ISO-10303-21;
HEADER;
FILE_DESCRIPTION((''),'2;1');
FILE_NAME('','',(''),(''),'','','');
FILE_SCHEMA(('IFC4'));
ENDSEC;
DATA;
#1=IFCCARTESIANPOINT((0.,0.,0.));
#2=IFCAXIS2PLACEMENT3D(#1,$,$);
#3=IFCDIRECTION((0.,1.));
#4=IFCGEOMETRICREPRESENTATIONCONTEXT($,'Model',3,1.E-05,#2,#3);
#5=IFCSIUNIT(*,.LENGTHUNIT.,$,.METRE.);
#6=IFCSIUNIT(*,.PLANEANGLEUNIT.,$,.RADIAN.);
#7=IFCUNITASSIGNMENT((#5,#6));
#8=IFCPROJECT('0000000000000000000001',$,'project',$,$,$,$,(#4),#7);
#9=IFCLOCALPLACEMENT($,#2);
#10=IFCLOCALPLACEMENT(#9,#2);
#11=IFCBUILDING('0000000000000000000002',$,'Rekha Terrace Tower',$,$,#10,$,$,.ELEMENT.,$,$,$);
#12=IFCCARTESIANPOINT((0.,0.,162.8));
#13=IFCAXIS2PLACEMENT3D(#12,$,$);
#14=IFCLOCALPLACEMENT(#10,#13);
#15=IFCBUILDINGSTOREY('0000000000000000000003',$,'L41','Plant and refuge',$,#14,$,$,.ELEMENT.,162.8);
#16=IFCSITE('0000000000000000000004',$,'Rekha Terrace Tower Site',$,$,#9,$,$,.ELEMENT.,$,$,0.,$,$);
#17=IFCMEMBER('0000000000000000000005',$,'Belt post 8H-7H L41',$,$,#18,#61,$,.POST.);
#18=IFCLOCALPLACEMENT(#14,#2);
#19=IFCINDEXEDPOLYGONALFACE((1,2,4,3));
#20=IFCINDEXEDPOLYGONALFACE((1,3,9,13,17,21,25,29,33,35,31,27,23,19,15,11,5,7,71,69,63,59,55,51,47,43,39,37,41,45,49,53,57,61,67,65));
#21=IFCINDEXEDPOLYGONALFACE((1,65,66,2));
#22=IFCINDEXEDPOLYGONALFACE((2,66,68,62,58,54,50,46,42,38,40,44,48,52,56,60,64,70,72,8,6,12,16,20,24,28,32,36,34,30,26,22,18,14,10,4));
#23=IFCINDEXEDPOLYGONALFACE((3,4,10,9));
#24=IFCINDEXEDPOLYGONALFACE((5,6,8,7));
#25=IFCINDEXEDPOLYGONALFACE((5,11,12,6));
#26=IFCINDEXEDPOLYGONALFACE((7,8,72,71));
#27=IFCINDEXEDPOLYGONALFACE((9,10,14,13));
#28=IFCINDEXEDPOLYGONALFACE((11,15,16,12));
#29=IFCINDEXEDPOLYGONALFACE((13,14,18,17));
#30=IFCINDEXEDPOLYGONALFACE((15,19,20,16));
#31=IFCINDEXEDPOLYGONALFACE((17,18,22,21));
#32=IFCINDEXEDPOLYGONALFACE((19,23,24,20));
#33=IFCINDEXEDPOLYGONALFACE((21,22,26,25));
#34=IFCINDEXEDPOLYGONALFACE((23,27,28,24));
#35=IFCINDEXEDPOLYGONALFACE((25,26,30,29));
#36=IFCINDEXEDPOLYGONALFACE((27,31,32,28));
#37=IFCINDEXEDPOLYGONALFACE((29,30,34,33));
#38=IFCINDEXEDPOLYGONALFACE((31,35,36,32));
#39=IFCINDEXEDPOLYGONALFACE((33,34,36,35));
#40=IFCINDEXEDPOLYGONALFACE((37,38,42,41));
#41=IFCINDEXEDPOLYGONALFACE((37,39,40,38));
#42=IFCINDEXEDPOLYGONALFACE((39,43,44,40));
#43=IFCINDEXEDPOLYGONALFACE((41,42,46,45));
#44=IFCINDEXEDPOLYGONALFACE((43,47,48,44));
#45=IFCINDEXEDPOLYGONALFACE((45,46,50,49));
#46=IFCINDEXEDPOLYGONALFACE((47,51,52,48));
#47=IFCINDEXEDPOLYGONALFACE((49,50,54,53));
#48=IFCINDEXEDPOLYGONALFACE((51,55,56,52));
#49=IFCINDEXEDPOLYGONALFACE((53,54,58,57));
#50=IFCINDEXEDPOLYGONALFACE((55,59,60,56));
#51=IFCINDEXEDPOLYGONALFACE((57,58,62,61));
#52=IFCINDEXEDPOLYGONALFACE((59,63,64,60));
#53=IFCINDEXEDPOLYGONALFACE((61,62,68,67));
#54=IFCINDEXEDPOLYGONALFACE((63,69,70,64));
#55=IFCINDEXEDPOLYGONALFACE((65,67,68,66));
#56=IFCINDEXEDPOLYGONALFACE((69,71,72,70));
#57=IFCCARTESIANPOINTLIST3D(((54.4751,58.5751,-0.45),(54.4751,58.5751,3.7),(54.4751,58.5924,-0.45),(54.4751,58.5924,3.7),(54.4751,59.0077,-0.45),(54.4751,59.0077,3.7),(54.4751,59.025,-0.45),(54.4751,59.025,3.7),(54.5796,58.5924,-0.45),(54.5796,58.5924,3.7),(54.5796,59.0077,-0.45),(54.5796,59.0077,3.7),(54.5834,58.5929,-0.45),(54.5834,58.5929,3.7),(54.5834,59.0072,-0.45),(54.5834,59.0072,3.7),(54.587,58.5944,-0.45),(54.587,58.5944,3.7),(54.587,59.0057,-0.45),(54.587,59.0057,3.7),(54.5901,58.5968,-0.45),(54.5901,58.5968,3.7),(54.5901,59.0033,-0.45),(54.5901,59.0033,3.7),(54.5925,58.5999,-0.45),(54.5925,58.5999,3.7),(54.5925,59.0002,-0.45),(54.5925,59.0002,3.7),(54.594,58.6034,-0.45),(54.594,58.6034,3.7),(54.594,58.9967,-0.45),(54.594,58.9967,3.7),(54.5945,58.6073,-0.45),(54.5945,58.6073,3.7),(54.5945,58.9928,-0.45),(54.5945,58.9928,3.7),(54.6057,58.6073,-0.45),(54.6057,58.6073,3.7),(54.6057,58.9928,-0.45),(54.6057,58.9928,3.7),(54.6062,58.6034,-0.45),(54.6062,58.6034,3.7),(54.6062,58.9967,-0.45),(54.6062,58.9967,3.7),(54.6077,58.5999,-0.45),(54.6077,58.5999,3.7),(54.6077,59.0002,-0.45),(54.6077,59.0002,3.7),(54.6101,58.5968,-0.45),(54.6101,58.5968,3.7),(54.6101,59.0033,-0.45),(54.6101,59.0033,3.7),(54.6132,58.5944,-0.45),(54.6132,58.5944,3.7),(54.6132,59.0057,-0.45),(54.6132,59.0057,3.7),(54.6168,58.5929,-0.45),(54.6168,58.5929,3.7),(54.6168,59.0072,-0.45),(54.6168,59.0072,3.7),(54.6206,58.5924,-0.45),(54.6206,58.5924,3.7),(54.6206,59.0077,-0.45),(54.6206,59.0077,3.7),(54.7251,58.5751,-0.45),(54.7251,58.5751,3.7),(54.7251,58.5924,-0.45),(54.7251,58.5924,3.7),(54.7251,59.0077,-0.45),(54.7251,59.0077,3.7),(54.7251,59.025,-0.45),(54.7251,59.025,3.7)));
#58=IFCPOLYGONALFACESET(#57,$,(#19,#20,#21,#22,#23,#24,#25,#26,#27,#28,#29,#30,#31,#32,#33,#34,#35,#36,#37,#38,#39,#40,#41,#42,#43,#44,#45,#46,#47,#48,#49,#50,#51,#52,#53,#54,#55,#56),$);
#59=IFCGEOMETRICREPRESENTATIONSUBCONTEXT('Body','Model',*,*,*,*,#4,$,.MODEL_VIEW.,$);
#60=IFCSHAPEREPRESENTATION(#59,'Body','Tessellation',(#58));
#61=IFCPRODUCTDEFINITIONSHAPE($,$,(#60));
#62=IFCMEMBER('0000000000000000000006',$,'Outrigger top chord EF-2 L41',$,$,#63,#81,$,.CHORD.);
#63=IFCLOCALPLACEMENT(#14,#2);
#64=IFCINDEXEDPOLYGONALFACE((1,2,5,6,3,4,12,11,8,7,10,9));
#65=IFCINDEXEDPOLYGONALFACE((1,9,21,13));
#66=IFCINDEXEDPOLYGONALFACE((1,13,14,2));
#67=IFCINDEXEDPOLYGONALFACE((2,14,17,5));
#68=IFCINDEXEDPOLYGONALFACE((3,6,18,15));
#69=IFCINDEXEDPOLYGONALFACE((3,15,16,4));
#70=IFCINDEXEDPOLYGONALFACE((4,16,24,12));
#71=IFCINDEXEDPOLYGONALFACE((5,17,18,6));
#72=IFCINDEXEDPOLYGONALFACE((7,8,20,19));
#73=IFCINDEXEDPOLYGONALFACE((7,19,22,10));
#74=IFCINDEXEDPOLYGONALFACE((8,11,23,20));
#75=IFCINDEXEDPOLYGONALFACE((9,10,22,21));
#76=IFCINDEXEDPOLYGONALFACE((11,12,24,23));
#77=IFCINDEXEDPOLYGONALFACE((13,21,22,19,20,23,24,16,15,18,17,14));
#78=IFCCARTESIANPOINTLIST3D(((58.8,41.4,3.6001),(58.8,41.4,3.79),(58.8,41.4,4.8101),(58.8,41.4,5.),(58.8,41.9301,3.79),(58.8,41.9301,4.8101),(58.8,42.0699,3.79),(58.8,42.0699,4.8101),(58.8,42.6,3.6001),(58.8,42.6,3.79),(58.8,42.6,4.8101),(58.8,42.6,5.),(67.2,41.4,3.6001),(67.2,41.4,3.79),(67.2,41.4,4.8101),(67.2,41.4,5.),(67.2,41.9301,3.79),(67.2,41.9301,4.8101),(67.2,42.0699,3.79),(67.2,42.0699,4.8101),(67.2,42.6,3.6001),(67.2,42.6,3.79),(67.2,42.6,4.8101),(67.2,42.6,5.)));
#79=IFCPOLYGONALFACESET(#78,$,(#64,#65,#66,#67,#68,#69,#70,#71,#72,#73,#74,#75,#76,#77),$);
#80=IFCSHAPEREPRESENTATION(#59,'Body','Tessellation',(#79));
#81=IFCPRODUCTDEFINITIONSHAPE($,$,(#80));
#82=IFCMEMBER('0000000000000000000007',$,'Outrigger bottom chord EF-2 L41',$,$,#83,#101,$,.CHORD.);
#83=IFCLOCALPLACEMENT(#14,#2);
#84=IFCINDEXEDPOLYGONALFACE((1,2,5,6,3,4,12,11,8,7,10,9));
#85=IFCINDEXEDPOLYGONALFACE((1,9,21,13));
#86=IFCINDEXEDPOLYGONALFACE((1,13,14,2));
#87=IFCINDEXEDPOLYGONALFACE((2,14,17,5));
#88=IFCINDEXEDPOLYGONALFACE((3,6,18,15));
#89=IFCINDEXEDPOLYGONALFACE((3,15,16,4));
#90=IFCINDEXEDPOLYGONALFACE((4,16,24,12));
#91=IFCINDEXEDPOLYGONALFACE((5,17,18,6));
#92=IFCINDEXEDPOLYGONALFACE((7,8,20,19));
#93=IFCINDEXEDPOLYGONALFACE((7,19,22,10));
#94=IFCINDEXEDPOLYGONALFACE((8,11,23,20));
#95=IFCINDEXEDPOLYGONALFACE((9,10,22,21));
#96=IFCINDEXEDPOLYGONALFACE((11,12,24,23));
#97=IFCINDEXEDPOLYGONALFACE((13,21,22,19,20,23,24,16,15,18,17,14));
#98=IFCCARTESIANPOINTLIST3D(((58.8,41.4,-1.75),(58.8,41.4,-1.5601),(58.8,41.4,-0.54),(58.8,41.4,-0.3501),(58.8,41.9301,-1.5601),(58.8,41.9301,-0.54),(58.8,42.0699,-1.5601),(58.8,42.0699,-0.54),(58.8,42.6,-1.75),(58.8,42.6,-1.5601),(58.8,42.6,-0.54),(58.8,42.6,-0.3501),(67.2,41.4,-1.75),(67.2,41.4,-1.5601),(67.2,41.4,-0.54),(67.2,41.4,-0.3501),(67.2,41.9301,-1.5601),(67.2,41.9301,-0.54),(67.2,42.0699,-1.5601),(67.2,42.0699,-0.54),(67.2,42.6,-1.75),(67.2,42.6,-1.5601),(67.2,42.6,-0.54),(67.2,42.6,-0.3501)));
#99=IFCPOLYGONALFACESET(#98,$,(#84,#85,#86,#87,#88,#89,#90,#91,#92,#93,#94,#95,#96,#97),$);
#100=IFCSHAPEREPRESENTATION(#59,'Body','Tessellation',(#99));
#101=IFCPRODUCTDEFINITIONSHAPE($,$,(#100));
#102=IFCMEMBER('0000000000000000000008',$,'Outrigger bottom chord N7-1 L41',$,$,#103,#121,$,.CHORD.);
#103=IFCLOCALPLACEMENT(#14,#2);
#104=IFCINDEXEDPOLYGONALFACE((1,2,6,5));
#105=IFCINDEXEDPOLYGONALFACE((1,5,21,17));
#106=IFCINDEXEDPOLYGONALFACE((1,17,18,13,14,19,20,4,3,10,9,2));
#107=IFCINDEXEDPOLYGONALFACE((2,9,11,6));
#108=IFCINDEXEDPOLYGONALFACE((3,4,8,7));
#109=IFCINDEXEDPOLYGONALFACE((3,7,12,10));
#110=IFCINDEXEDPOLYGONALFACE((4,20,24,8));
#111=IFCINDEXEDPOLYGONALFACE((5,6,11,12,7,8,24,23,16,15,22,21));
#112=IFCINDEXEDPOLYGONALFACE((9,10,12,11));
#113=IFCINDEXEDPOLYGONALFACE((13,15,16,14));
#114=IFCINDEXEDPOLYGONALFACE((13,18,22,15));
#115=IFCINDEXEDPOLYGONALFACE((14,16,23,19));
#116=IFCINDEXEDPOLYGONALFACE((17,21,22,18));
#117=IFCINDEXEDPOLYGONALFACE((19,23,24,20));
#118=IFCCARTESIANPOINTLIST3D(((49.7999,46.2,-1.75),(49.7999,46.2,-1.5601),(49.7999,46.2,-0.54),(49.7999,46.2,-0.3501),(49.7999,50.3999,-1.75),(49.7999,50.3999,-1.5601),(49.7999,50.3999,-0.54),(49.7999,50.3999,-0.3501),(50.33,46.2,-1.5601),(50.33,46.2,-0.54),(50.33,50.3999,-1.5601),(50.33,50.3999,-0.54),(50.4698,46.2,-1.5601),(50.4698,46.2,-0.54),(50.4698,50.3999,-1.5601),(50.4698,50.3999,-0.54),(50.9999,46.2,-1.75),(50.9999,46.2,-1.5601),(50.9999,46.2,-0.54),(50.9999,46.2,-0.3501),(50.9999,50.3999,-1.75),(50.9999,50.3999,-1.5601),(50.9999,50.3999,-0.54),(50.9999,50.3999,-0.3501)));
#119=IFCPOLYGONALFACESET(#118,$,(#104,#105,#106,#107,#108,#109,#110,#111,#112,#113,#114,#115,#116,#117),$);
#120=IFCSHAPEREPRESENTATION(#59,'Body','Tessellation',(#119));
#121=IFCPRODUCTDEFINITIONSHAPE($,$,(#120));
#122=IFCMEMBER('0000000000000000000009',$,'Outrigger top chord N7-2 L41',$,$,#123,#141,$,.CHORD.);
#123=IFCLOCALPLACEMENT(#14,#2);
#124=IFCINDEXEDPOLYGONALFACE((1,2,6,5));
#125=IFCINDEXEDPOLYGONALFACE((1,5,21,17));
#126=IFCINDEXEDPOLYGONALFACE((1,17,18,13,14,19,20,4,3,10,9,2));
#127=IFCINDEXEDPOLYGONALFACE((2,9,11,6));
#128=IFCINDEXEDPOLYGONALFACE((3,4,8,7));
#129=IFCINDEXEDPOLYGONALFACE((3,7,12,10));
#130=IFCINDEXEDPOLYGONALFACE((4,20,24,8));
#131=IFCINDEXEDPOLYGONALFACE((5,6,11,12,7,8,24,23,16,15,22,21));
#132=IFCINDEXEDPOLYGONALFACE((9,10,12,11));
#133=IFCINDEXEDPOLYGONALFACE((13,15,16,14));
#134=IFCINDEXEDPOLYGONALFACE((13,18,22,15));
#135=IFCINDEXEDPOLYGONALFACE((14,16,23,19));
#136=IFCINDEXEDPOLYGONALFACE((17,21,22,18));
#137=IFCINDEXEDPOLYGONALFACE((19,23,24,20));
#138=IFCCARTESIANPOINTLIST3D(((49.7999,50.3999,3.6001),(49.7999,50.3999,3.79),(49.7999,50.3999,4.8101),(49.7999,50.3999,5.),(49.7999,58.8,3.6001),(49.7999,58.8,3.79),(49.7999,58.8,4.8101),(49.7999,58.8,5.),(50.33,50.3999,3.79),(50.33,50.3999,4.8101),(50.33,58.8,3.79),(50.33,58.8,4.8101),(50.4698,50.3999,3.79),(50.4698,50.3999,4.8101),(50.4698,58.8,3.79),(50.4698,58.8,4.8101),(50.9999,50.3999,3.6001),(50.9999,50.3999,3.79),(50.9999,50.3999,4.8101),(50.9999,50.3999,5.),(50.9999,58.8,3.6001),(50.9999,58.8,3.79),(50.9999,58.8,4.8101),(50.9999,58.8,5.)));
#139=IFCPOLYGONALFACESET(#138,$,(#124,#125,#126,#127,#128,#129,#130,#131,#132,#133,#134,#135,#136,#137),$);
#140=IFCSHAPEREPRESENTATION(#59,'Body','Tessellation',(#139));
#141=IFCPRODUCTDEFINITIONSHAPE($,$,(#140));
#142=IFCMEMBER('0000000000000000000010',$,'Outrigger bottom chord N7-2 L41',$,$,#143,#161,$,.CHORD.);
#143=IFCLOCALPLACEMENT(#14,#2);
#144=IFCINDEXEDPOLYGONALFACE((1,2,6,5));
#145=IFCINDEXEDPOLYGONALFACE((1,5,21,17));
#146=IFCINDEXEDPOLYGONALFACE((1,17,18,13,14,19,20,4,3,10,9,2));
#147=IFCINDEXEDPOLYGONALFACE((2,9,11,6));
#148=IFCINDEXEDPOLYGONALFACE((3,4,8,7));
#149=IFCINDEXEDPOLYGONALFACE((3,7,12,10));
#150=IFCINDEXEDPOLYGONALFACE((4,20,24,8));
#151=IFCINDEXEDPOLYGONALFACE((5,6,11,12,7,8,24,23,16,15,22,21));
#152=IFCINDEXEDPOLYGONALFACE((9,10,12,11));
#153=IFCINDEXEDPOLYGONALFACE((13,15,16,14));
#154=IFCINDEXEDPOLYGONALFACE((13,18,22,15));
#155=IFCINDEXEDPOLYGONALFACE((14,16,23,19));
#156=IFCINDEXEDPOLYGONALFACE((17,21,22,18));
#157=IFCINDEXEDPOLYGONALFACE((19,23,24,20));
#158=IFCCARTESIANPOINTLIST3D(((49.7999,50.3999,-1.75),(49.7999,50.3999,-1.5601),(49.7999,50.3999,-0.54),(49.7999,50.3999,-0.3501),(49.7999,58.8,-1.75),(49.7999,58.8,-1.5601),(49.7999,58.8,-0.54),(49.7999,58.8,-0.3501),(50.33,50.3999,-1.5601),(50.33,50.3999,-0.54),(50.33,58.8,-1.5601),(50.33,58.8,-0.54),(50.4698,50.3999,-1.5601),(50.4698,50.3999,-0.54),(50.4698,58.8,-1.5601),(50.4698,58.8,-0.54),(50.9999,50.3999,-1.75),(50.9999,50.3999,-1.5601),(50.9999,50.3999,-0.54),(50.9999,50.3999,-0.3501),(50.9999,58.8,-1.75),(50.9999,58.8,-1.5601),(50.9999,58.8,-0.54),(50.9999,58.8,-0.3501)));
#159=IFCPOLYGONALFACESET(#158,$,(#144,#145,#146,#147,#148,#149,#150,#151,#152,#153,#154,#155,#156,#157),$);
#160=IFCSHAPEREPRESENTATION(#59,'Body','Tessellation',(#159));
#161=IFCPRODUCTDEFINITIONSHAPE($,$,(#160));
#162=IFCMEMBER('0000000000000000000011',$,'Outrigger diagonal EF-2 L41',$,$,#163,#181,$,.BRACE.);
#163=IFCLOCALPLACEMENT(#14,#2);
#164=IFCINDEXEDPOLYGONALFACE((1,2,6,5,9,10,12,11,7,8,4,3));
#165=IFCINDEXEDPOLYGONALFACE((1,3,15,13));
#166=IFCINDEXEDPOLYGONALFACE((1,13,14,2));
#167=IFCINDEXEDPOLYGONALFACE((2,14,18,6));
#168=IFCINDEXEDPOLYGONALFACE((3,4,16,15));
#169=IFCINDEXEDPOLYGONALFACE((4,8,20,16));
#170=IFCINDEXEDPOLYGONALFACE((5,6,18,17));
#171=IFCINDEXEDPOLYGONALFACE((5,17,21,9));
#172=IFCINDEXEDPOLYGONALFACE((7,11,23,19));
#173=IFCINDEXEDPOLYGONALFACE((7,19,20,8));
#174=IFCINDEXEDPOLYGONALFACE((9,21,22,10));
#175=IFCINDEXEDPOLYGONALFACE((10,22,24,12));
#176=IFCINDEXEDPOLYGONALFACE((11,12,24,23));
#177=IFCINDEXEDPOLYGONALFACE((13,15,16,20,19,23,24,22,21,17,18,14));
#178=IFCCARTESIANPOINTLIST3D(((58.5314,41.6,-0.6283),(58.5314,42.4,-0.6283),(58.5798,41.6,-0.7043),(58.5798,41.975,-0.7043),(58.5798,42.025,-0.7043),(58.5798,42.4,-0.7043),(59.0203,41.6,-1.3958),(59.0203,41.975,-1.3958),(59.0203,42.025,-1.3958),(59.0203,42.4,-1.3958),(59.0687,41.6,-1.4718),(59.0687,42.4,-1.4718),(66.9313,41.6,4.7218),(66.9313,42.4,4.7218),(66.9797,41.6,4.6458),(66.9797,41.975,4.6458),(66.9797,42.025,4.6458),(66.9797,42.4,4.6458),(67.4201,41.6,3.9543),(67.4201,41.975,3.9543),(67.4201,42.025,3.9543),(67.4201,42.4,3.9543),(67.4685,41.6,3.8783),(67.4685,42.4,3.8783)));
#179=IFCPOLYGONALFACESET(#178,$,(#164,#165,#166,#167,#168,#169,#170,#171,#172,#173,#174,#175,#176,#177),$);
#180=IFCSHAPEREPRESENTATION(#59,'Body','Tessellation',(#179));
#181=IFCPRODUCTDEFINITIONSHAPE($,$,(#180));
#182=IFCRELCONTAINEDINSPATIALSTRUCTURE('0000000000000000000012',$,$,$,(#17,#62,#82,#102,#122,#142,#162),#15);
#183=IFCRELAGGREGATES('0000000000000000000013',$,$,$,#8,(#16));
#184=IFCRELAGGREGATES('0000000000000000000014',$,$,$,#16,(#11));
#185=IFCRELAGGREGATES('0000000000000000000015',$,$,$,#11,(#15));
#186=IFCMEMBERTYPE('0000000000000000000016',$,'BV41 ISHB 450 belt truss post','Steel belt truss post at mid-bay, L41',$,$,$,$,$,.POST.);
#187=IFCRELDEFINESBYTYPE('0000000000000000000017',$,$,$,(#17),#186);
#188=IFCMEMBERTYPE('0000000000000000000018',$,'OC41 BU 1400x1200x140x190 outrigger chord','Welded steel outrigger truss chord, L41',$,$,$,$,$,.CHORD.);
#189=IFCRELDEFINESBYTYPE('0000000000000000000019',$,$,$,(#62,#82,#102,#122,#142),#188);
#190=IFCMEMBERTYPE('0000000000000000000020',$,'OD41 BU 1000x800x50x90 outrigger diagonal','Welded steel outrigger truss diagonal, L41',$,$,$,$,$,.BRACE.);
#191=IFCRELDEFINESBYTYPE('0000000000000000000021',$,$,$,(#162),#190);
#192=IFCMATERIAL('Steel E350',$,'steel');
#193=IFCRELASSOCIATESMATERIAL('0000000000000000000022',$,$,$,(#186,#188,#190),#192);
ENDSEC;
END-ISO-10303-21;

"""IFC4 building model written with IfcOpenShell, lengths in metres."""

from ifc_helpers import new_model, si_unit, direction, frame, origin, origin_2d, place, context, subcontext, project, spatial, i_section, extrude, material, material_profile, profile_set, type_object, element, save


model = new_model("IFC4")

# Units and contexts
model_context = context("Model", 3, precision=1e-05, world=origin(), true_north=direction((0.0, 1.0)))
body_context = subcontext(model_context, "Body", "Model", "MODEL_VIEW")
ifc_project = project(units=[si_unit("LENGTHUNIT", "METRE"), si_unit("PLANEANGLEUNIT", "RADIAN")], contexts=[model_context])

# Site, building, storey
site_placement = place(None, origin())
site = spatial("IfcSite", under=ifc_project, at=site_placement, Name="Rekha Terrace Tower Site", CompositionType="ELEMENT", RefElevation=0.0)
building_placement = place(site_placement, origin())
building = spatial("IfcBuilding", under=site, at=building_placement, Name="Rekha Terrace Tower", CompositionType="ELEMENT")
storey_placement = place(building_placement, frame((0.0, 0.0, 162.8)))
storey = spatial("IfcBuildingStorey", under=building, at=storey_placement, Name="L41", Description="Plant and refuge", CompositionType="ELEMENT", Elevation=162.8)

# Members
ifc_material_1 = material(Name="Steel E350", Category="steel")
ifc_material_profile_1 = material_profile(ifc_material_1, i_section(OverallWidth=0.25, OverallDepth=0.45, WebThickness=0.0112, FlangeThickness=0.0173, FilletRadius=0.0149, at=origin_2d()), Name="ISHB 450")
ifc_profile_set_1 = profile_set([ifc_material_profile_1], Name="Steel E350")
member_type_1 = type_object("IfcMemberType", Name="BV41 ISHB 450 belt truss post", Description="Steel belt truss post at mid-bay, L41", PredefinedType="POST", material=ifc_profile_set_1)
member_1_placement = place(storey_placement, frame((54.6001, 58.8, -0.45), z_axis=(0.0, 0.0, 1.0), x_axis=(1.0, 0.0, 0.0)))
element("IfcMember", 1, at=member_1_placement, inside=storey, type_object=member_type_1, Name="Belt post 8H-7H L41", PredefinedType="POST", context=body_context, shape_type="SweptSolid", body=[
    extrude(i_section(OverallWidth=0.25, OverallDepth=0.45, WebThickness=0.0112, FlangeThickness=0.0173, FilletRadius=0.0149, at=origin_2d()), origin(), (0.0, 0.0, 1.0), 4.1499),
])
ifc_material_profile_2 = material_profile(ifc_material_1, i_section(OverallWidth=1.2, OverallDepth=1.3999, WebThickness=0.1399, FlangeThickness=0.1899, at=origin_2d()), Name="BU 1400x1200x140x190")
ifc_profile_set_2 = profile_set([ifc_material_profile_2], Name="Steel E350")
member_type_2 = type_object("IfcMemberType", Name="OC41 BU 1400x1200x140x190 outrigger chord", Description="Welded steel outrigger truss chord, L41", PredefinedType="CHORD", material=ifc_profile_set_2)
for number, where, z_axis, x_axis, name in (
    (2, (58.8, 42.0, 4.3), (1.0, 0.0, 0.0), (0.0, 1.0, 0.0), "Outrigger top chord EF-2 L41"),
    (3, (58.8, 42.0, -1.05), (1.0, 0.0, 0.0), (0.0, 1.0, 0.0), "Outrigger bottom chord EF-2 L41"),
):
    element("IfcMember", number, at=place(storey_placement, frame(where, z_axis=z_axis, x_axis=x_axis)), inside=storey, type_object=member_type_2, Name=name, PredefinedType="CHORD", context=body_context, shape_type="SweptSolid", body=[
        extrude(i_section(OverallWidth=1.2, OverallDepth=1.3999, WebThickness=0.1399, FlangeThickness=0.1899, at=origin_2d()), origin(), (0.0, 0.0, 1.0), 8.3999),
    ])
member_2_placement = place(storey_placement, frame((50.3999, 46.2, -1.05), z_axis=(0.0, 1.0, 0.0), x_axis=(-1.0, 0.0, 0.0)))
element("IfcMember", 4, at=member_2_placement, inside=storey, type_object=member_type_2, Name="Outrigger bottom chord N7-1 L41", PredefinedType="CHORD", context=body_context, shape_type="SweptSolid", body=[
    extrude(i_section(OverallWidth=1.2, OverallDepth=1.3999, WebThickness=0.1399, FlangeThickness=0.1899, at=origin_2d()), origin(), (0.0, 0.0, 1.0), 4.2),
])
for number, where, z_axis, x_axis, name in (
    (5, (50.3999, 50.3999, 4.3), (0.0, 1.0, 0.0), (-1.0, 0.0, 0.0), "Outrigger top chord N7-2 L41"),
    (6, (50.3999, 50.3999, -1.05), (0.0, 1.0, 0.0), (-1.0, 0.0, 0.0), "Outrigger bottom chord N7-2 L41"),
):
    element("IfcMember", number, at=place(storey_placement, frame(where, z_axis=z_axis, x_axis=x_axis)), inside=storey, type_object=member_type_2, Name=name, PredefinedType="CHORD", context=body_context, shape_type="SweptSolid", body=[
        extrude(i_section(OverallWidth=1.2, OverallDepth=1.3999, WebThickness=0.1399, FlangeThickness=0.1899, at=origin_2d()), origin(), (0.0, 0.0, 1.0), 8.4001),
    ])
ifc_material_profile_3 = material_profile(ifc_material_1, i_section(OverallWidth=0.8, OverallDepth=1.0, WebThickness=0.05, FlangeThickness=0.0901, at=origin_2d()), Name="BU 1000x800x50x90")
ifc_profile_set_3 = profile_set([ifc_material_profile_3], Name="Steel E350")
member_type_3 = type_object("IfcMemberType", Name="OD41 BU 1000x800x50x90 outrigger diagonal", Description="Welded steel outrigger truss diagonal, L41", PredefinedType="BRACE", material=ifc_profile_set_3)
member_3_placement = place(storey_placement, frame((58.8, 42.0, -1.05), z_axis=(0.843447, 0.0, 0.537212), x_axis=(0.0, 1.0, 0.0)))
element("IfcMember", 7, at=member_3_placement, inside=storey, type_object=member_type_3, Name="Outrigger diagonal EF-2 L41", PredefinedType="BRACE", context=body_context, shape_type="SweptSolid", body=[
    extrude(i_section(OverallWidth=0.8, OverallDepth=1.0, WebThickness=0.05, FlangeThickness=0.0901, at=origin_2d()), origin(), (0.0, 0.0, 1.0), 9.959),
])

save(model, "model.ifc")
